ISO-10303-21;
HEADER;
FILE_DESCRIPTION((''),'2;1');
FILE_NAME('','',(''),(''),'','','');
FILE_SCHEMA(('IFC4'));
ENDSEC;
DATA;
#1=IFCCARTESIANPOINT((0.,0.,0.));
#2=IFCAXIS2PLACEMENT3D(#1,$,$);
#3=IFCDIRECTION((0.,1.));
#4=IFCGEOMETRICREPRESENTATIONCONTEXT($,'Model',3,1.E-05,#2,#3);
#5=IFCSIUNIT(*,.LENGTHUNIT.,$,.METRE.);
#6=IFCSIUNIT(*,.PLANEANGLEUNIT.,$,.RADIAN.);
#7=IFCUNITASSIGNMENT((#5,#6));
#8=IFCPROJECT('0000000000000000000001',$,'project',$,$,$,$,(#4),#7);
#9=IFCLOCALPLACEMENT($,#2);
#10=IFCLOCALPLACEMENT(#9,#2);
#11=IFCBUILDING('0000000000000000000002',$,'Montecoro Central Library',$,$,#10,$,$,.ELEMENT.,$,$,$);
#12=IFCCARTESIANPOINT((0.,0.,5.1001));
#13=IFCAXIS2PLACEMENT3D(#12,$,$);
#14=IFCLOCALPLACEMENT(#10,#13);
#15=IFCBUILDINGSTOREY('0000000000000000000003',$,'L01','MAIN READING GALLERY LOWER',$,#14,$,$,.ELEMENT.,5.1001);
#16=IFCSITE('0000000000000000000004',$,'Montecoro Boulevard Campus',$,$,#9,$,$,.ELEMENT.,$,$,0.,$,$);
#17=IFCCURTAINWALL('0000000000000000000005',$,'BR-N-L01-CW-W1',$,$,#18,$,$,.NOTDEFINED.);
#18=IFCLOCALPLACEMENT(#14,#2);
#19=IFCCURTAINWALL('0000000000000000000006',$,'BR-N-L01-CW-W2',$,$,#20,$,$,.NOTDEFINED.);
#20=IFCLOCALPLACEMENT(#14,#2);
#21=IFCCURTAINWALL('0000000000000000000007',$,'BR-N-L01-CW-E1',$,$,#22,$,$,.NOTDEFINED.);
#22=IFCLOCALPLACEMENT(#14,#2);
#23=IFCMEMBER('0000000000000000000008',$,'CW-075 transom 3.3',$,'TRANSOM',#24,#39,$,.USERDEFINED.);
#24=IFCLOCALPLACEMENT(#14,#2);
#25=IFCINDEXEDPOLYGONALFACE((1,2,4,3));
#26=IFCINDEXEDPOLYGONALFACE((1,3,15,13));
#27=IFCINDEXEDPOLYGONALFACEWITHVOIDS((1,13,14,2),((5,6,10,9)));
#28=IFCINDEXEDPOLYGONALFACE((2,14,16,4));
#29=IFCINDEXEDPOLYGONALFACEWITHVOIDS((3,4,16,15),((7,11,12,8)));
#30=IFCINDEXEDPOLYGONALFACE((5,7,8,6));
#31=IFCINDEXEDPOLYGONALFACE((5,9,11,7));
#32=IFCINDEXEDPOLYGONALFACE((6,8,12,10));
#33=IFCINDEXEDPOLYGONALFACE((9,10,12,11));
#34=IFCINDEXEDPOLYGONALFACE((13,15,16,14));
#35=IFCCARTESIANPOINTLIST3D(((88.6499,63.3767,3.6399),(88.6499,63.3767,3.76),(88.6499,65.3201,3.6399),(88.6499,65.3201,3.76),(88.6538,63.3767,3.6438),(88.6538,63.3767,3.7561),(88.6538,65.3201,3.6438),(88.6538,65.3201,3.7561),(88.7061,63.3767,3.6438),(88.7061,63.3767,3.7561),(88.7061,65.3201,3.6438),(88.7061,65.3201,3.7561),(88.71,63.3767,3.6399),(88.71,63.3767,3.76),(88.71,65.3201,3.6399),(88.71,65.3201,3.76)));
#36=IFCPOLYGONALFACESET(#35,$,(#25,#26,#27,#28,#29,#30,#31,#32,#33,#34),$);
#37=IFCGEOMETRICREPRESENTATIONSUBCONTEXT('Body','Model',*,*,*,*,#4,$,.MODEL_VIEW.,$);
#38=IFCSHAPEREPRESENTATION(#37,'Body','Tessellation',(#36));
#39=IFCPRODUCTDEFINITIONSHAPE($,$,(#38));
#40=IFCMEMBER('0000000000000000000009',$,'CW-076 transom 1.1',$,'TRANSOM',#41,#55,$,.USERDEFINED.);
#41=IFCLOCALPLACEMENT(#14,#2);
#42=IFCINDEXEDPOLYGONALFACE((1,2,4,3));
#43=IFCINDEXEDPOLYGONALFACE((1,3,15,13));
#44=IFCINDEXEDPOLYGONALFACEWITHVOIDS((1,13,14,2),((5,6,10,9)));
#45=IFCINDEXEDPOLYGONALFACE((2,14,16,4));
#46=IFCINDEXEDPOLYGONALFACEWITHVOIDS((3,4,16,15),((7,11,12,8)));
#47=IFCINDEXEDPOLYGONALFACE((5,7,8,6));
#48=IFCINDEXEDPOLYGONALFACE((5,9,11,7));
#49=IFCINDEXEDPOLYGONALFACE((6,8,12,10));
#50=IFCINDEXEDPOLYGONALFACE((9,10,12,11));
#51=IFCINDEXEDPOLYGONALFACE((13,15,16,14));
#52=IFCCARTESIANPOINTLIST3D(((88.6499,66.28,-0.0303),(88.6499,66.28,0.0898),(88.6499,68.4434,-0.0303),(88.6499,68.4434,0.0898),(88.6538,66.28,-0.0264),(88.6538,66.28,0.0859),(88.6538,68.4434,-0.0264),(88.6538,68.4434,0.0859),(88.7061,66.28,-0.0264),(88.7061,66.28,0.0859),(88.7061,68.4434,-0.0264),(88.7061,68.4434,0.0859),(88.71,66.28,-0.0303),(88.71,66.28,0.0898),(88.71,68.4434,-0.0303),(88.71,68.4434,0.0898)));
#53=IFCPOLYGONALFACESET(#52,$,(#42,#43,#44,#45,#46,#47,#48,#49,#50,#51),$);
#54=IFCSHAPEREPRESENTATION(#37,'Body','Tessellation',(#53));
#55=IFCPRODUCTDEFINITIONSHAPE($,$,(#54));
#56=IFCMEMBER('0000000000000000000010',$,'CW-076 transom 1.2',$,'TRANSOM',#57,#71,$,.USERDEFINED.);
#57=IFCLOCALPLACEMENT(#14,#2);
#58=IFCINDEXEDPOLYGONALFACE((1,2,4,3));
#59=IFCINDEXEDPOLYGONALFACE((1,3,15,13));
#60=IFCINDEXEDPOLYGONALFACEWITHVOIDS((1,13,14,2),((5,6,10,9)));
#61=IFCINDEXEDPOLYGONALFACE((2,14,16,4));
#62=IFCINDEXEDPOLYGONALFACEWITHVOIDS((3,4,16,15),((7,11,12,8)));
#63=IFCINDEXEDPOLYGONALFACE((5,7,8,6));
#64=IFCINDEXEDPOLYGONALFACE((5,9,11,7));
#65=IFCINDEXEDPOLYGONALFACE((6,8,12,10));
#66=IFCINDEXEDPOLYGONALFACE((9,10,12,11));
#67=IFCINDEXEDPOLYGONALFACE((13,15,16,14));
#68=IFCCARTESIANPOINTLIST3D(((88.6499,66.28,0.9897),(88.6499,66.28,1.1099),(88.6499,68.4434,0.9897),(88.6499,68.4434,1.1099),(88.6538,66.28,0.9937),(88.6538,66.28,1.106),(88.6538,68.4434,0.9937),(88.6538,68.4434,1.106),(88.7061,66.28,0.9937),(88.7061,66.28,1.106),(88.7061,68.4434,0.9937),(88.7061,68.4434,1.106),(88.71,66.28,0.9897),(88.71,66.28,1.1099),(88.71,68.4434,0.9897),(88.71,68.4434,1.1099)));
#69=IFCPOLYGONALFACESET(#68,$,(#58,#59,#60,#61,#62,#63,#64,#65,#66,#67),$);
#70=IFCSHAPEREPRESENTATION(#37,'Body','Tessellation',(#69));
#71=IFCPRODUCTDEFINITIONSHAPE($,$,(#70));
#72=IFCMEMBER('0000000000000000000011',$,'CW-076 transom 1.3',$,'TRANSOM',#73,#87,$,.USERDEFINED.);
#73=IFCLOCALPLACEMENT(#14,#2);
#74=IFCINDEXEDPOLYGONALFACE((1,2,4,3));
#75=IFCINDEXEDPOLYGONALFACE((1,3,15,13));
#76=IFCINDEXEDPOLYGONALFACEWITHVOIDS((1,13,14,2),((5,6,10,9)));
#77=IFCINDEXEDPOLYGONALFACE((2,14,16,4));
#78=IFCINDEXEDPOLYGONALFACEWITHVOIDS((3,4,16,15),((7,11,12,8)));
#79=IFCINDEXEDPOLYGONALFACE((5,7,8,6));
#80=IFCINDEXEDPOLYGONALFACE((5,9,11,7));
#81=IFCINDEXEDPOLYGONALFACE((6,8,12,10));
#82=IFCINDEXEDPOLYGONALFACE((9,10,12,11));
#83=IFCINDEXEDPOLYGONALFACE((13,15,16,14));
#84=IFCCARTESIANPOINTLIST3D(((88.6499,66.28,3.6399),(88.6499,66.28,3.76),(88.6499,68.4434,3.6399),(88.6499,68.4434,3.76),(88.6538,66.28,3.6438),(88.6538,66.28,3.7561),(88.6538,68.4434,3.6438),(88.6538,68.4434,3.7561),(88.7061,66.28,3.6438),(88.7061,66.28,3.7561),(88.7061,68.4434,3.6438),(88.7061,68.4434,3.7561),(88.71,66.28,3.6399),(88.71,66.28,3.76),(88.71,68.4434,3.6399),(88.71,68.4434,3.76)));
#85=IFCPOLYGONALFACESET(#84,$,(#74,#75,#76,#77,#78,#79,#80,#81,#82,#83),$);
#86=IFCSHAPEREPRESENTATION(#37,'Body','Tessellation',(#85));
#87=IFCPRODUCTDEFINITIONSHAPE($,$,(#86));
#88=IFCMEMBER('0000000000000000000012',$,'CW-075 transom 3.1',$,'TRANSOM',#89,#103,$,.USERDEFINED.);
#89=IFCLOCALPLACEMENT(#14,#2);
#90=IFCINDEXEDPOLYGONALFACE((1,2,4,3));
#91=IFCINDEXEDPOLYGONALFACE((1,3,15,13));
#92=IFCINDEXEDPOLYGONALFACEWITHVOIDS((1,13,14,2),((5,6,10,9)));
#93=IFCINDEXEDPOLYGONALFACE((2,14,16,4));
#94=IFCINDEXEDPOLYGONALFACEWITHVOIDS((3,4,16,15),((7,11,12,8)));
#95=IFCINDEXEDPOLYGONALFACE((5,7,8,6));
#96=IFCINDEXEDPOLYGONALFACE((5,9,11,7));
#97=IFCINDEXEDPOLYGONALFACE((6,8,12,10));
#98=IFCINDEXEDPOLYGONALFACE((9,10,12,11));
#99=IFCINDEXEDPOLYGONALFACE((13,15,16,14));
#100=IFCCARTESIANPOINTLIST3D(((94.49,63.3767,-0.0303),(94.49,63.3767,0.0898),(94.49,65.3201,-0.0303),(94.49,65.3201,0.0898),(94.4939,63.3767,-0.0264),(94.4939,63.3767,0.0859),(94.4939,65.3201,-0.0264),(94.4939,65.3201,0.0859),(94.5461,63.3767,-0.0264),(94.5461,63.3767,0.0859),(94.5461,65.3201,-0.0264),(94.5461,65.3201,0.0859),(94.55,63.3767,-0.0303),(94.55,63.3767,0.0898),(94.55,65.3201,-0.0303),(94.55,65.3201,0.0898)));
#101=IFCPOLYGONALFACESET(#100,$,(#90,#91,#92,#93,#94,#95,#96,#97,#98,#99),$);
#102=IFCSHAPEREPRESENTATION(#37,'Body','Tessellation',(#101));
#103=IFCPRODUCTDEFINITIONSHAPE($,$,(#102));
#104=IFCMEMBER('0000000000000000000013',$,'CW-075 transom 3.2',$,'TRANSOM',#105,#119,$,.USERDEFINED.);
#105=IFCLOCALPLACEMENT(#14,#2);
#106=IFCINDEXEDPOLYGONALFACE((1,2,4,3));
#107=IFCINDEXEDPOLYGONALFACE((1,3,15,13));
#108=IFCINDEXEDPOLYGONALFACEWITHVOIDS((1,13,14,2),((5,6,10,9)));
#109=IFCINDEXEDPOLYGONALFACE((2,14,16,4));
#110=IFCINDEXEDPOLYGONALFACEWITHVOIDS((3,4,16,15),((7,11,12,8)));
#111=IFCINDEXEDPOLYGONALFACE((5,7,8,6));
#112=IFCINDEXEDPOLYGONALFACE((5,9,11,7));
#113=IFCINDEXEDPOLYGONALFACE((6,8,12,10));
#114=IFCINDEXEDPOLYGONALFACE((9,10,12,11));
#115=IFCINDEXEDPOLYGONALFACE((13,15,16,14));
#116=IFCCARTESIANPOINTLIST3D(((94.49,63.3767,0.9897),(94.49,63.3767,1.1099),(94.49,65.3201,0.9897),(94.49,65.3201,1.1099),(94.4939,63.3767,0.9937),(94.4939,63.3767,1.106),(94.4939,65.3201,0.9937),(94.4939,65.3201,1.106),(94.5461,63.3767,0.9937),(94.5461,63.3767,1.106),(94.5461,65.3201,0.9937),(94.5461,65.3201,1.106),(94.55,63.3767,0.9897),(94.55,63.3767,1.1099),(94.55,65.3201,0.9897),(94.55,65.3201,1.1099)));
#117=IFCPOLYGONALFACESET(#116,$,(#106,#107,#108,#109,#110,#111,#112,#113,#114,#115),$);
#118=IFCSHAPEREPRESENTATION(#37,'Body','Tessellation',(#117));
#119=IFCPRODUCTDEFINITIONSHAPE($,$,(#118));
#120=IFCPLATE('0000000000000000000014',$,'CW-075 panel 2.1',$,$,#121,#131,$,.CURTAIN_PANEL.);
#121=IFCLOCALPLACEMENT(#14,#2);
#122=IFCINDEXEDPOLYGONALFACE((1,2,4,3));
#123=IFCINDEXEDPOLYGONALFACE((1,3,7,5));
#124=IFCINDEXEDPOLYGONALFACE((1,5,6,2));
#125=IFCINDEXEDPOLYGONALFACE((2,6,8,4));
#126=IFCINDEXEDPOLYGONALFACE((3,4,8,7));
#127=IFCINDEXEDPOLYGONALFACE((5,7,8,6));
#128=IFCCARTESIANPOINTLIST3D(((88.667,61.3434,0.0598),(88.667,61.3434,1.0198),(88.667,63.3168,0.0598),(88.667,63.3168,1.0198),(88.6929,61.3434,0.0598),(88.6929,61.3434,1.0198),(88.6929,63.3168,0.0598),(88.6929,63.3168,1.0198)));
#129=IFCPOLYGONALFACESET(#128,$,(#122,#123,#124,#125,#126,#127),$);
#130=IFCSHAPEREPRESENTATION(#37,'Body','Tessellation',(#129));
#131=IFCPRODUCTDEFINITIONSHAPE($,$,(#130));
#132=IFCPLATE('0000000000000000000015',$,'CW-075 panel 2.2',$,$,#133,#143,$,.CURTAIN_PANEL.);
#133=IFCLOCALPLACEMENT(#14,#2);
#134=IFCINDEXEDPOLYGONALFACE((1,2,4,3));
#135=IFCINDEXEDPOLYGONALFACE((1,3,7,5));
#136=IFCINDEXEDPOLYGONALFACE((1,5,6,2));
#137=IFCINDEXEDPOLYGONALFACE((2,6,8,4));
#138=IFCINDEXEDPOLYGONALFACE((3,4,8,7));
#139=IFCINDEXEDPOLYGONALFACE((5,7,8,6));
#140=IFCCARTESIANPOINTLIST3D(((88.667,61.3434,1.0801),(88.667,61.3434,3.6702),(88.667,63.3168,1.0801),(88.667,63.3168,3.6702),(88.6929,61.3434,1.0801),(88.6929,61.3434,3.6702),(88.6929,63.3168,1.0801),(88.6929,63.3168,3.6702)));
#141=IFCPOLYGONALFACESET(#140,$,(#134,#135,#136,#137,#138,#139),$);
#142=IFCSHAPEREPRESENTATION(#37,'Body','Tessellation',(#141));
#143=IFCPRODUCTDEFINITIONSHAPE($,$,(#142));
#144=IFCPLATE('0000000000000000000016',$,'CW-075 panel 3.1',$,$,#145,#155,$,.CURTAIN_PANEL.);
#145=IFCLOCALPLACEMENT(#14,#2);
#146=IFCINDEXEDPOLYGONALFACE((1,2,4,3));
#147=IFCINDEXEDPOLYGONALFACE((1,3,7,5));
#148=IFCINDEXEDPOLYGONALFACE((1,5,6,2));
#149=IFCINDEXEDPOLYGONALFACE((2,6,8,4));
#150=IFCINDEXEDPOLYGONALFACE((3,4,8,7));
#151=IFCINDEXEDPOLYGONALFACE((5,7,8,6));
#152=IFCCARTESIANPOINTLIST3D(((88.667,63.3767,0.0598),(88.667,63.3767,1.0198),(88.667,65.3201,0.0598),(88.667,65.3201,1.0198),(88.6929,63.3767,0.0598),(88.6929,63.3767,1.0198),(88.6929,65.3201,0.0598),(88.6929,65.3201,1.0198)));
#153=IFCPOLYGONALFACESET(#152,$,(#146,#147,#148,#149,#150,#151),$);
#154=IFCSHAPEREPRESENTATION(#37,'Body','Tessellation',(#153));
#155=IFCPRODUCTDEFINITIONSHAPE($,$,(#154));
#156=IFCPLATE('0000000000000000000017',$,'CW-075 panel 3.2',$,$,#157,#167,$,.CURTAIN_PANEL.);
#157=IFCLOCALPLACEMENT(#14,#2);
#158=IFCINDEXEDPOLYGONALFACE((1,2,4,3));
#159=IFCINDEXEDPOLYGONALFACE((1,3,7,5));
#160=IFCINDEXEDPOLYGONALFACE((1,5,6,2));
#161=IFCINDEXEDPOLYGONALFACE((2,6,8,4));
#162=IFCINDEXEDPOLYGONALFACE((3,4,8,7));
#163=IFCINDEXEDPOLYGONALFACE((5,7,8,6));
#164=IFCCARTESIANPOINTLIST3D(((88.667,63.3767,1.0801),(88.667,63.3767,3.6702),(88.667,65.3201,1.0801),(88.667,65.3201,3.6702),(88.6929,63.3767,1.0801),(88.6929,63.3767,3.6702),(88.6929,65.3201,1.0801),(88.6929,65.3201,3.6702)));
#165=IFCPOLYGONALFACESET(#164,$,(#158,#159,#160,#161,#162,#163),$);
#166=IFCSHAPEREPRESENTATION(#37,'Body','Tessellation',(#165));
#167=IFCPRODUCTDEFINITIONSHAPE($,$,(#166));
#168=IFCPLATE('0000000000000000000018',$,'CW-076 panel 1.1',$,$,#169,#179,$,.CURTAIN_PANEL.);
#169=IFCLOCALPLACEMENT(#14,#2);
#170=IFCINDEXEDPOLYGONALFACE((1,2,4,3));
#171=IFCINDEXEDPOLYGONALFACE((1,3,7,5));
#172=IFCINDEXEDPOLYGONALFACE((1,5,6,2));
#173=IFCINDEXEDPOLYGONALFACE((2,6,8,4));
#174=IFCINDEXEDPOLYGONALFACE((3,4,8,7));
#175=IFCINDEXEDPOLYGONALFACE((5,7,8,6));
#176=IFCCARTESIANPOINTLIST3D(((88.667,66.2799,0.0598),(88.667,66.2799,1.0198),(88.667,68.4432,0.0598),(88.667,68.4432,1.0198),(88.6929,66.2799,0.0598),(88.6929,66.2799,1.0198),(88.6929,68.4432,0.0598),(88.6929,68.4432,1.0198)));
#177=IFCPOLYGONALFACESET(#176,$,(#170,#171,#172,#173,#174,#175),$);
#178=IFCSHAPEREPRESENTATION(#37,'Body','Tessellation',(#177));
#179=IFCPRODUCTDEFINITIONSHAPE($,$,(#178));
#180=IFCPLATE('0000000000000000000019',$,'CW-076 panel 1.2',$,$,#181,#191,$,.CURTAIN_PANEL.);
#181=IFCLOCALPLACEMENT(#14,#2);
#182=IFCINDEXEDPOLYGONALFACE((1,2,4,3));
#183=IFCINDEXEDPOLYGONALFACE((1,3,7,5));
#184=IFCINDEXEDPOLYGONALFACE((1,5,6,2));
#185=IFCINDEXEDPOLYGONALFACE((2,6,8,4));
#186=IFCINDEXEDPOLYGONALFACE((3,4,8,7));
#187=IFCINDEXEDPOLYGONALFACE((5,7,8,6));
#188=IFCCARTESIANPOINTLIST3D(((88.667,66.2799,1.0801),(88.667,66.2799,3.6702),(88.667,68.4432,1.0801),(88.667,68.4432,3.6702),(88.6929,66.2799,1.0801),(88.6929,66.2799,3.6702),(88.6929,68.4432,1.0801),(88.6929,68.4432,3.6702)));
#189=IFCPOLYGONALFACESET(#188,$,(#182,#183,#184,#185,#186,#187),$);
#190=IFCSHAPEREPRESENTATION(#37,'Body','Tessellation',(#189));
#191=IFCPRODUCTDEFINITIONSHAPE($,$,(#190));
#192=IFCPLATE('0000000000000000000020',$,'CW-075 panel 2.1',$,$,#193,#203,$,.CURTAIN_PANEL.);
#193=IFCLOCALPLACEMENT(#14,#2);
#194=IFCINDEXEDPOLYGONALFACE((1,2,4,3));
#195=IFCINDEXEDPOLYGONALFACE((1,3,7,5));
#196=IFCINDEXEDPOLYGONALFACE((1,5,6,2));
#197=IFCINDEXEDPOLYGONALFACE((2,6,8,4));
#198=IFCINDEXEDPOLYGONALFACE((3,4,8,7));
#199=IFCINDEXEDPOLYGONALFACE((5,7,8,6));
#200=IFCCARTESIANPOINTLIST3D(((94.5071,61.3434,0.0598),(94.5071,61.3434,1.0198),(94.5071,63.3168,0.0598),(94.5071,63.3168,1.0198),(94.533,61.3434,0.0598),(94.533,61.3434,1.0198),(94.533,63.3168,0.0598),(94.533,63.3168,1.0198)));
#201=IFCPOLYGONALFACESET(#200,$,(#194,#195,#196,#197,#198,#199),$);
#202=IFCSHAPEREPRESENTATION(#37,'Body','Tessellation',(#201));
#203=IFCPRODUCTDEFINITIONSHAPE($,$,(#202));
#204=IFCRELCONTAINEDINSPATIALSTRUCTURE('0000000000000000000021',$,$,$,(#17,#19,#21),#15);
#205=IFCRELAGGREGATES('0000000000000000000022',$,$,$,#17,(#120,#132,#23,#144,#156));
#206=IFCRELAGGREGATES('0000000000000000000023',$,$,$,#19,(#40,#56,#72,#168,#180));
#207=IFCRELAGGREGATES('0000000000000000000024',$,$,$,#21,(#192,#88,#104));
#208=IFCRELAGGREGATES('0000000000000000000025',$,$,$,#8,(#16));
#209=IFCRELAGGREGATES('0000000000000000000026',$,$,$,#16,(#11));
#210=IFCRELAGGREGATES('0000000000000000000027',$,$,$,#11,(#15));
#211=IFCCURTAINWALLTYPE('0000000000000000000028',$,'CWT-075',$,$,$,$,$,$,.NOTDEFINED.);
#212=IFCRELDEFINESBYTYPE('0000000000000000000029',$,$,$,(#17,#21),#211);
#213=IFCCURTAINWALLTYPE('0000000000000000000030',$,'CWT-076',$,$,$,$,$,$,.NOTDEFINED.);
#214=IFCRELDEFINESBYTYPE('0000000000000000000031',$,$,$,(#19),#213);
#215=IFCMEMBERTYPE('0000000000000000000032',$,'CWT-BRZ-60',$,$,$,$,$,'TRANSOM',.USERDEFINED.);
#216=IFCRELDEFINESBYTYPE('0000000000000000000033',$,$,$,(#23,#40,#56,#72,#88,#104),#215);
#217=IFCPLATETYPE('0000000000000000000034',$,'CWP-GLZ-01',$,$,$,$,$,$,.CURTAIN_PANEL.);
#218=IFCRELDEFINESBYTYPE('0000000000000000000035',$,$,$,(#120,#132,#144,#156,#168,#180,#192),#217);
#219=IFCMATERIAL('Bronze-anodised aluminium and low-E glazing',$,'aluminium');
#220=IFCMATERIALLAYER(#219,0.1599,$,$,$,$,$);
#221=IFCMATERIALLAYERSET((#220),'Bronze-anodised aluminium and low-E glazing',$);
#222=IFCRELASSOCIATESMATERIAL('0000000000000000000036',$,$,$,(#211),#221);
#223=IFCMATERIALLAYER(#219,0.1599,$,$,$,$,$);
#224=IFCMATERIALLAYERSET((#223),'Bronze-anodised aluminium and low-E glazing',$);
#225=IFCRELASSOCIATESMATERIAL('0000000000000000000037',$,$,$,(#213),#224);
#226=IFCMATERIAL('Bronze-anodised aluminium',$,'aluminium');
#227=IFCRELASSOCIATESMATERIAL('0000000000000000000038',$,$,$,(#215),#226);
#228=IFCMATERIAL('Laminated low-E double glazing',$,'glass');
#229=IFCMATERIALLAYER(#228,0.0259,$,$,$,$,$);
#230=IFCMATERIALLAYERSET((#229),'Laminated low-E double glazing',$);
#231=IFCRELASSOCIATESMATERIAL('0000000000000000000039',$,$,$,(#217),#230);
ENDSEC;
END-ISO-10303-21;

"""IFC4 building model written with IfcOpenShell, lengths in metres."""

from ifc_helpers import new_model, si_unit, direction, frame, origin, origin_2d, place, context, subcontext, project, spatial, rectangle, hollow_rectangle, extrude, material, layer, layer_set, material_profile, profile_set, type_object, element, aggregate, save


model = new_model("IFC4")

# Units and contexts
model_context = context("Model", 3, precision=1e-05, world=origin(), true_north=direction((0.0, 1.0)))
body_context = subcontext(model_context, "Body", "Model", "MODEL_VIEW")
ifc_project = project(units=[si_unit("LENGTHUNIT", "METRE"), si_unit("PLANEANGLEUNIT", "RADIAN")], contexts=[model_context])

# Site, building, storey
site_placement = place(None, origin())
site = spatial("IfcSite", under=ifc_project, at=site_placement, Name="Montecoro Boulevard Campus", CompositionType="ELEMENT", RefElevation=0.0)
building_placement = place(site_placement, origin())
building = spatial("IfcBuilding", under=site, at=building_placement, Name="Montecoro Central Library", CompositionType="ELEMENT")
storey_placement = place(building_placement, frame((0.0, 0.0, 5.1001)))
storey = spatial("IfcBuildingStorey", under=building, at=storey_placement, Name="L01", Description="MAIN READING GALLERY LOWER", CompositionType="ELEMENT", Elevation=5.1001)

# Curtain wall
ifc_material_1 = material(Name="Bronze-anodised aluminium and low-E glazing", Category="aluminium")
ifc_layer_1 = layer(ifc_material_1, 0.1599)
ifc_layer_set_1 = layer_set([ifc_layer_1], Name="Bronze-anodised aluminium and low-E glazing")
curtain_wall_type_1 = type_object("IfcCurtainWallType", Name="CWT-075", PredefinedType="NOTDEFINED", material=ifc_layer_set_1)
curtain_wall_1_placement = place(storey_placement, origin())
curtain_wall_1 = element("IfcCurtainWall", 1, at=curtain_wall_1_placement, inside=storey, type_object=curtain_wall_type_1, Name="BR-N-L01-CW-W1", PredefinedType="NOTDEFINED")
ifc_material_2 = material(Name="Bronze-anodised aluminium", Category="aluminium")

# Curtain walls
ifc_layer_2 = layer(ifc_material_1, 0.1599)
ifc_layer_set_2 = layer_set([ifc_layer_2], Name="Bronze-anodised aluminium and low-E glazing")
curtain_wall_type_2 = type_object("IfcCurtainWallType", Name="CWT-076", PredefinedType="NOTDEFINED", material=ifc_layer_set_2)
curtain_wall_2_placement = place(storey_placement, origin())
curtain_wall_2 = element("IfcCurtainWall", 2, at=curtain_wall_2_placement, inside=storey, type_object=curtain_wall_type_2, Name="BR-N-L01-CW-W2", PredefinedType="NOTDEFINED")
curtain_wall_3_placement = place(storey_placement, origin())
curtain_wall_3 = element("IfcCurtainWall", 3, at=curtain_wall_3_placement, inside=storey, type_object=curtain_wall_type_1, Name="BR-N-L01-CW-E1", PredefinedType="NOTDEFINED")

# Members
ifc_material_profile_1 = material_profile(ifc_material_2, hollow_rectangle(XDim=0.0601, YDim=0.1201, WallThickness=0.0039, at=origin_2d()), Name="CWT 120x60x4.0")
ifc_profile_set_1 = profile_set([ifc_material_profile_1], Name="Bronze-anodised aluminium")
member_type_1 = type_object("IfcMemberType", Name="CWT-BRZ-60", ElementType="TRANSOM", PredefinedType="USERDEFINED", material=ifc_profile_set_1)
member_1_placement = place(storey_placement, frame((88.6799, 63.3767, 3.7), z_axis=(0.0, 1.0, 0.0), x_axis=(-1.0, 0.0, 0.0)))
member_1 = element("IfcMember", 4, at=member_1_placement, type_object=member_type_1, Name="CW-075 transom 3.3", ObjectType="TRANSOM", PredefinedType="USERDEFINED", context=body_context, shape_type="SweptSolid", body=[
    extrude(hollow_rectangle(XDim=0.0601, YDim=0.1201, WallThickness=0.0039, at=origin_2d()), origin(), (0.0, 0.0, 1.0), 1.9434),
])
member_2_placement = place(storey_placement, frame((88.6799, 66.28, 0.0298), z_axis=(0.0, 1.0, 0.0), x_axis=(-1.0, 0.0, 0.0)))
member_2 = element("IfcMember", 5, at=member_2_placement, type_object=member_type_1, Name="CW-076 transom 1.1", ObjectType="TRANSOM", PredefinedType="USERDEFINED", context=body_context, shape_type="SweptSolid", body=[
    extrude(hollow_rectangle(XDim=0.0601, YDim=0.1201, WallThickness=0.0039, at=origin_2d()), origin(), (0.0, 0.0, 1.0), 2.1633),
])
member_3_placement = place(storey_placement, frame((88.6799, 66.28, 1.0498), z_axis=(0.0, 1.0, 0.0), x_axis=(-1.0, 0.0, 0.0)))
member_3 = element("IfcMember", 6, at=member_3_placement, type_object=member_type_1, Name="CW-076 transom 1.2", ObjectType="TRANSOM", PredefinedType="USERDEFINED", context=body_context, shape_type="SweptSolid", body=[
    extrude(hollow_rectangle(XDim=0.0601, YDim=0.1201, WallThickness=0.0039, at=origin_2d()), origin(), (0.0, 0.0, 1.0), 2.1633),
])
member_4_placement = place(storey_placement, frame((88.6799, 66.28, 3.7), z_axis=(0.0, 1.0, 0.0), x_axis=(-1.0, 0.0, 0.0)))
member_4 = element("IfcMember", 7, at=member_4_placement, type_object=member_type_1, Name="CW-076 transom 1.3", ObjectType="TRANSOM", PredefinedType="USERDEFINED", context=body_context, shape_type="SweptSolid", body=[
    extrude(hollow_rectangle(XDim=0.0601, YDim=0.1201, WallThickness=0.0039, at=origin_2d()), origin(), (0.0, 0.0, 1.0), 2.1633),
])
member_5_placement = place(storey_placement, frame((94.52, 63.3767, 0.0298), z_axis=(0.0, 1.0, 0.0), x_axis=(-1.0, 0.0, 0.0)))
member_5 = element("IfcMember", 8, at=member_5_placement, type_object=member_type_1, Name="CW-075 transom 3.1", ObjectType="TRANSOM", PredefinedType="USERDEFINED", context=body_context, shape_type="SweptSolid", body=[
    extrude(hollow_rectangle(XDim=0.0601, YDim=0.1201, WallThickness=0.0039, at=origin_2d()), origin(), (0.0, 0.0, 1.0), 1.9434),
])
member_6_placement = place(storey_placement, frame((94.52, 63.3767, 1.0498), z_axis=(0.0, 1.0, 0.0), x_axis=(-1.0, 0.0, 0.0)))
member_6 = element("IfcMember", 9, at=member_6_placement, type_object=member_type_1, Name="CW-075 transom 3.2", ObjectType="TRANSOM", PredefinedType="USERDEFINED", context=body_context, shape_type="SweptSolid", body=[
    extrude(hollow_rectangle(XDim=0.0601, YDim=0.1201, WallThickness=0.0039, at=origin_2d()), origin(), (0.0, 0.0, 1.0), 1.9434),
])

# Plates
ifc_material_3 = material(Name="Laminated low-E double glazing", Category="glass")
ifc_layer_3 = layer(ifc_material_3, 0.0259)
ifc_layer_set_3 = layer_set([ifc_layer_3], Name="Laminated low-E double glazing")
plate_type = type_object("IfcPlateType", Name="CWP-GLZ-01", PredefinedType="CURTAIN_PANEL", material=ifc_layer_set_3)
plate_1_placement = place(storey_placement, frame((88.6799, 62.3301, 0.0598), z_axis=(0.0, 0.0, 1.0), x_axis=(0.0, 1.0, 0.0)))
plate_1 = element("IfcPlate", 10, at=plate_1_placement, type_object=plate_type, Name="CW-075 panel 2.1", PredefinedType="CURTAIN_PANEL", context=body_context, shape_type="SweptSolid", body=[
    extrude(rectangle(XDim=1.9734, YDim=0.0259, at=origin_2d()), origin(), (0.0, 0.0, 1.0), 0.96),
])
plate_2_placement = place(storey_placement, frame((88.6799, 62.3301, 1.0801), z_axis=(0.0, 0.0, 1.0), x_axis=(0.0, 1.0, 0.0)))
plate_2 = element("IfcPlate", 11, at=plate_2_placement, type_object=plate_type, Name="CW-075 panel 2.2", PredefinedType="CURTAIN_PANEL", context=body_context, shape_type="SweptSolid", body=[
    extrude(rectangle(XDim=1.9734, YDim=0.0259, at=origin_2d()), origin(), (0.0, 0.0, 1.0), 2.5901),
])
plate_3_placement = place(storey_placement, frame((88.6799, 64.3484, 0.0598), z_axis=(0.0, 0.0, 1.0), x_axis=(0.0, 1.0, 0.0)))
plate_3 = element("IfcPlate", 12, at=plate_3_placement, type_object=plate_type, Name="CW-075 panel 3.1", PredefinedType="CURTAIN_PANEL", context=body_context, shape_type="SweptSolid", body=[
    extrude(rectangle(XDim=1.9434, YDim=0.0259, at=origin_2d()), origin(), (0.0, 0.0, 1.0), 0.96),
])
plate_4_placement = place(storey_placement, frame((88.6799, 64.3484, 1.0801), z_axis=(0.0, 0.0, 1.0), x_axis=(0.0, 1.0, 0.0)))
plate_4 = element("IfcPlate", 13, at=plate_4_placement, type_object=plate_type, Name="CW-075 panel 3.2", PredefinedType="CURTAIN_PANEL", context=body_context, shape_type="SweptSolid", body=[
    extrude(rectangle(XDim=1.9434, YDim=0.0259, at=origin_2d()), origin(), (0.0, 0.0, 1.0), 2.5901),
])
aggregate(curtain_wall_1, [plate_1, plate_2, member_1, plate_3, plate_4])
plate_5_placement = place(storey_placement, frame((88.6799, 67.3616, 0.0598), z_axis=(0.0, 0.0, 1.0), x_axis=(0.0, 1.0, 0.0)))
plate_5 = element("IfcPlate", 14, at=plate_5_placement, type_object=plate_type, Name="CW-076 panel 1.1", PredefinedType="CURTAIN_PANEL", context=body_context, shape_type="SweptSolid", body=[
    extrude(rectangle(XDim=2.1633, YDim=0.0259, at=origin_2d()), origin(), (0.0, 0.0, 1.0), 0.96),
])
plate_6_placement = place(storey_placement, frame((88.6799, 67.3616, 1.0801), z_axis=(0.0, 0.0, 1.0), x_axis=(0.0, 1.0, 0.0)))
plate_6 = element("IfcPlate", 15, at=plate_6_placement, type_object=plate_type, Name="CW-076 panel 1.2", PredefinedType="CURTAIN_PANEL", context=body_context, shape_type="SweptSolid", body=[
    extrude(rectangle(XDim=2.1633, YDim=0.0259, at=origin_2d()), origin(), (0.0, 0.0, 1.0), 2.5901),
])
aggregate(curtain_wall_2, [member_2, member_3, member_4, plate_5, plate_6])
plate_7_placement = place(storey_placement, frame((94.52, 62.3301, 0.0598), z_axis=(0.0, 0.0, 1.0), x_axis=(0.0, 1.0, 0.0)))
plate_7 = element("IfcPlate", 16, at=plate_7_placement, type_object=plate_type, Name="CW-075 panel 2.1", PredefinedType="CURTAIN_PANEL", context=body_context, shape_type="SweptSolid", body=[
    extrude(rectangle(XDim=1.9734, YDim=0.0259, at=origin_2d()), origin(), (0.0, 0.0, 1.0), 0.96),
])
aggregate(curtain_wall_3, [plate_7, member_5, member_6])

save(model, "model.ifc")
